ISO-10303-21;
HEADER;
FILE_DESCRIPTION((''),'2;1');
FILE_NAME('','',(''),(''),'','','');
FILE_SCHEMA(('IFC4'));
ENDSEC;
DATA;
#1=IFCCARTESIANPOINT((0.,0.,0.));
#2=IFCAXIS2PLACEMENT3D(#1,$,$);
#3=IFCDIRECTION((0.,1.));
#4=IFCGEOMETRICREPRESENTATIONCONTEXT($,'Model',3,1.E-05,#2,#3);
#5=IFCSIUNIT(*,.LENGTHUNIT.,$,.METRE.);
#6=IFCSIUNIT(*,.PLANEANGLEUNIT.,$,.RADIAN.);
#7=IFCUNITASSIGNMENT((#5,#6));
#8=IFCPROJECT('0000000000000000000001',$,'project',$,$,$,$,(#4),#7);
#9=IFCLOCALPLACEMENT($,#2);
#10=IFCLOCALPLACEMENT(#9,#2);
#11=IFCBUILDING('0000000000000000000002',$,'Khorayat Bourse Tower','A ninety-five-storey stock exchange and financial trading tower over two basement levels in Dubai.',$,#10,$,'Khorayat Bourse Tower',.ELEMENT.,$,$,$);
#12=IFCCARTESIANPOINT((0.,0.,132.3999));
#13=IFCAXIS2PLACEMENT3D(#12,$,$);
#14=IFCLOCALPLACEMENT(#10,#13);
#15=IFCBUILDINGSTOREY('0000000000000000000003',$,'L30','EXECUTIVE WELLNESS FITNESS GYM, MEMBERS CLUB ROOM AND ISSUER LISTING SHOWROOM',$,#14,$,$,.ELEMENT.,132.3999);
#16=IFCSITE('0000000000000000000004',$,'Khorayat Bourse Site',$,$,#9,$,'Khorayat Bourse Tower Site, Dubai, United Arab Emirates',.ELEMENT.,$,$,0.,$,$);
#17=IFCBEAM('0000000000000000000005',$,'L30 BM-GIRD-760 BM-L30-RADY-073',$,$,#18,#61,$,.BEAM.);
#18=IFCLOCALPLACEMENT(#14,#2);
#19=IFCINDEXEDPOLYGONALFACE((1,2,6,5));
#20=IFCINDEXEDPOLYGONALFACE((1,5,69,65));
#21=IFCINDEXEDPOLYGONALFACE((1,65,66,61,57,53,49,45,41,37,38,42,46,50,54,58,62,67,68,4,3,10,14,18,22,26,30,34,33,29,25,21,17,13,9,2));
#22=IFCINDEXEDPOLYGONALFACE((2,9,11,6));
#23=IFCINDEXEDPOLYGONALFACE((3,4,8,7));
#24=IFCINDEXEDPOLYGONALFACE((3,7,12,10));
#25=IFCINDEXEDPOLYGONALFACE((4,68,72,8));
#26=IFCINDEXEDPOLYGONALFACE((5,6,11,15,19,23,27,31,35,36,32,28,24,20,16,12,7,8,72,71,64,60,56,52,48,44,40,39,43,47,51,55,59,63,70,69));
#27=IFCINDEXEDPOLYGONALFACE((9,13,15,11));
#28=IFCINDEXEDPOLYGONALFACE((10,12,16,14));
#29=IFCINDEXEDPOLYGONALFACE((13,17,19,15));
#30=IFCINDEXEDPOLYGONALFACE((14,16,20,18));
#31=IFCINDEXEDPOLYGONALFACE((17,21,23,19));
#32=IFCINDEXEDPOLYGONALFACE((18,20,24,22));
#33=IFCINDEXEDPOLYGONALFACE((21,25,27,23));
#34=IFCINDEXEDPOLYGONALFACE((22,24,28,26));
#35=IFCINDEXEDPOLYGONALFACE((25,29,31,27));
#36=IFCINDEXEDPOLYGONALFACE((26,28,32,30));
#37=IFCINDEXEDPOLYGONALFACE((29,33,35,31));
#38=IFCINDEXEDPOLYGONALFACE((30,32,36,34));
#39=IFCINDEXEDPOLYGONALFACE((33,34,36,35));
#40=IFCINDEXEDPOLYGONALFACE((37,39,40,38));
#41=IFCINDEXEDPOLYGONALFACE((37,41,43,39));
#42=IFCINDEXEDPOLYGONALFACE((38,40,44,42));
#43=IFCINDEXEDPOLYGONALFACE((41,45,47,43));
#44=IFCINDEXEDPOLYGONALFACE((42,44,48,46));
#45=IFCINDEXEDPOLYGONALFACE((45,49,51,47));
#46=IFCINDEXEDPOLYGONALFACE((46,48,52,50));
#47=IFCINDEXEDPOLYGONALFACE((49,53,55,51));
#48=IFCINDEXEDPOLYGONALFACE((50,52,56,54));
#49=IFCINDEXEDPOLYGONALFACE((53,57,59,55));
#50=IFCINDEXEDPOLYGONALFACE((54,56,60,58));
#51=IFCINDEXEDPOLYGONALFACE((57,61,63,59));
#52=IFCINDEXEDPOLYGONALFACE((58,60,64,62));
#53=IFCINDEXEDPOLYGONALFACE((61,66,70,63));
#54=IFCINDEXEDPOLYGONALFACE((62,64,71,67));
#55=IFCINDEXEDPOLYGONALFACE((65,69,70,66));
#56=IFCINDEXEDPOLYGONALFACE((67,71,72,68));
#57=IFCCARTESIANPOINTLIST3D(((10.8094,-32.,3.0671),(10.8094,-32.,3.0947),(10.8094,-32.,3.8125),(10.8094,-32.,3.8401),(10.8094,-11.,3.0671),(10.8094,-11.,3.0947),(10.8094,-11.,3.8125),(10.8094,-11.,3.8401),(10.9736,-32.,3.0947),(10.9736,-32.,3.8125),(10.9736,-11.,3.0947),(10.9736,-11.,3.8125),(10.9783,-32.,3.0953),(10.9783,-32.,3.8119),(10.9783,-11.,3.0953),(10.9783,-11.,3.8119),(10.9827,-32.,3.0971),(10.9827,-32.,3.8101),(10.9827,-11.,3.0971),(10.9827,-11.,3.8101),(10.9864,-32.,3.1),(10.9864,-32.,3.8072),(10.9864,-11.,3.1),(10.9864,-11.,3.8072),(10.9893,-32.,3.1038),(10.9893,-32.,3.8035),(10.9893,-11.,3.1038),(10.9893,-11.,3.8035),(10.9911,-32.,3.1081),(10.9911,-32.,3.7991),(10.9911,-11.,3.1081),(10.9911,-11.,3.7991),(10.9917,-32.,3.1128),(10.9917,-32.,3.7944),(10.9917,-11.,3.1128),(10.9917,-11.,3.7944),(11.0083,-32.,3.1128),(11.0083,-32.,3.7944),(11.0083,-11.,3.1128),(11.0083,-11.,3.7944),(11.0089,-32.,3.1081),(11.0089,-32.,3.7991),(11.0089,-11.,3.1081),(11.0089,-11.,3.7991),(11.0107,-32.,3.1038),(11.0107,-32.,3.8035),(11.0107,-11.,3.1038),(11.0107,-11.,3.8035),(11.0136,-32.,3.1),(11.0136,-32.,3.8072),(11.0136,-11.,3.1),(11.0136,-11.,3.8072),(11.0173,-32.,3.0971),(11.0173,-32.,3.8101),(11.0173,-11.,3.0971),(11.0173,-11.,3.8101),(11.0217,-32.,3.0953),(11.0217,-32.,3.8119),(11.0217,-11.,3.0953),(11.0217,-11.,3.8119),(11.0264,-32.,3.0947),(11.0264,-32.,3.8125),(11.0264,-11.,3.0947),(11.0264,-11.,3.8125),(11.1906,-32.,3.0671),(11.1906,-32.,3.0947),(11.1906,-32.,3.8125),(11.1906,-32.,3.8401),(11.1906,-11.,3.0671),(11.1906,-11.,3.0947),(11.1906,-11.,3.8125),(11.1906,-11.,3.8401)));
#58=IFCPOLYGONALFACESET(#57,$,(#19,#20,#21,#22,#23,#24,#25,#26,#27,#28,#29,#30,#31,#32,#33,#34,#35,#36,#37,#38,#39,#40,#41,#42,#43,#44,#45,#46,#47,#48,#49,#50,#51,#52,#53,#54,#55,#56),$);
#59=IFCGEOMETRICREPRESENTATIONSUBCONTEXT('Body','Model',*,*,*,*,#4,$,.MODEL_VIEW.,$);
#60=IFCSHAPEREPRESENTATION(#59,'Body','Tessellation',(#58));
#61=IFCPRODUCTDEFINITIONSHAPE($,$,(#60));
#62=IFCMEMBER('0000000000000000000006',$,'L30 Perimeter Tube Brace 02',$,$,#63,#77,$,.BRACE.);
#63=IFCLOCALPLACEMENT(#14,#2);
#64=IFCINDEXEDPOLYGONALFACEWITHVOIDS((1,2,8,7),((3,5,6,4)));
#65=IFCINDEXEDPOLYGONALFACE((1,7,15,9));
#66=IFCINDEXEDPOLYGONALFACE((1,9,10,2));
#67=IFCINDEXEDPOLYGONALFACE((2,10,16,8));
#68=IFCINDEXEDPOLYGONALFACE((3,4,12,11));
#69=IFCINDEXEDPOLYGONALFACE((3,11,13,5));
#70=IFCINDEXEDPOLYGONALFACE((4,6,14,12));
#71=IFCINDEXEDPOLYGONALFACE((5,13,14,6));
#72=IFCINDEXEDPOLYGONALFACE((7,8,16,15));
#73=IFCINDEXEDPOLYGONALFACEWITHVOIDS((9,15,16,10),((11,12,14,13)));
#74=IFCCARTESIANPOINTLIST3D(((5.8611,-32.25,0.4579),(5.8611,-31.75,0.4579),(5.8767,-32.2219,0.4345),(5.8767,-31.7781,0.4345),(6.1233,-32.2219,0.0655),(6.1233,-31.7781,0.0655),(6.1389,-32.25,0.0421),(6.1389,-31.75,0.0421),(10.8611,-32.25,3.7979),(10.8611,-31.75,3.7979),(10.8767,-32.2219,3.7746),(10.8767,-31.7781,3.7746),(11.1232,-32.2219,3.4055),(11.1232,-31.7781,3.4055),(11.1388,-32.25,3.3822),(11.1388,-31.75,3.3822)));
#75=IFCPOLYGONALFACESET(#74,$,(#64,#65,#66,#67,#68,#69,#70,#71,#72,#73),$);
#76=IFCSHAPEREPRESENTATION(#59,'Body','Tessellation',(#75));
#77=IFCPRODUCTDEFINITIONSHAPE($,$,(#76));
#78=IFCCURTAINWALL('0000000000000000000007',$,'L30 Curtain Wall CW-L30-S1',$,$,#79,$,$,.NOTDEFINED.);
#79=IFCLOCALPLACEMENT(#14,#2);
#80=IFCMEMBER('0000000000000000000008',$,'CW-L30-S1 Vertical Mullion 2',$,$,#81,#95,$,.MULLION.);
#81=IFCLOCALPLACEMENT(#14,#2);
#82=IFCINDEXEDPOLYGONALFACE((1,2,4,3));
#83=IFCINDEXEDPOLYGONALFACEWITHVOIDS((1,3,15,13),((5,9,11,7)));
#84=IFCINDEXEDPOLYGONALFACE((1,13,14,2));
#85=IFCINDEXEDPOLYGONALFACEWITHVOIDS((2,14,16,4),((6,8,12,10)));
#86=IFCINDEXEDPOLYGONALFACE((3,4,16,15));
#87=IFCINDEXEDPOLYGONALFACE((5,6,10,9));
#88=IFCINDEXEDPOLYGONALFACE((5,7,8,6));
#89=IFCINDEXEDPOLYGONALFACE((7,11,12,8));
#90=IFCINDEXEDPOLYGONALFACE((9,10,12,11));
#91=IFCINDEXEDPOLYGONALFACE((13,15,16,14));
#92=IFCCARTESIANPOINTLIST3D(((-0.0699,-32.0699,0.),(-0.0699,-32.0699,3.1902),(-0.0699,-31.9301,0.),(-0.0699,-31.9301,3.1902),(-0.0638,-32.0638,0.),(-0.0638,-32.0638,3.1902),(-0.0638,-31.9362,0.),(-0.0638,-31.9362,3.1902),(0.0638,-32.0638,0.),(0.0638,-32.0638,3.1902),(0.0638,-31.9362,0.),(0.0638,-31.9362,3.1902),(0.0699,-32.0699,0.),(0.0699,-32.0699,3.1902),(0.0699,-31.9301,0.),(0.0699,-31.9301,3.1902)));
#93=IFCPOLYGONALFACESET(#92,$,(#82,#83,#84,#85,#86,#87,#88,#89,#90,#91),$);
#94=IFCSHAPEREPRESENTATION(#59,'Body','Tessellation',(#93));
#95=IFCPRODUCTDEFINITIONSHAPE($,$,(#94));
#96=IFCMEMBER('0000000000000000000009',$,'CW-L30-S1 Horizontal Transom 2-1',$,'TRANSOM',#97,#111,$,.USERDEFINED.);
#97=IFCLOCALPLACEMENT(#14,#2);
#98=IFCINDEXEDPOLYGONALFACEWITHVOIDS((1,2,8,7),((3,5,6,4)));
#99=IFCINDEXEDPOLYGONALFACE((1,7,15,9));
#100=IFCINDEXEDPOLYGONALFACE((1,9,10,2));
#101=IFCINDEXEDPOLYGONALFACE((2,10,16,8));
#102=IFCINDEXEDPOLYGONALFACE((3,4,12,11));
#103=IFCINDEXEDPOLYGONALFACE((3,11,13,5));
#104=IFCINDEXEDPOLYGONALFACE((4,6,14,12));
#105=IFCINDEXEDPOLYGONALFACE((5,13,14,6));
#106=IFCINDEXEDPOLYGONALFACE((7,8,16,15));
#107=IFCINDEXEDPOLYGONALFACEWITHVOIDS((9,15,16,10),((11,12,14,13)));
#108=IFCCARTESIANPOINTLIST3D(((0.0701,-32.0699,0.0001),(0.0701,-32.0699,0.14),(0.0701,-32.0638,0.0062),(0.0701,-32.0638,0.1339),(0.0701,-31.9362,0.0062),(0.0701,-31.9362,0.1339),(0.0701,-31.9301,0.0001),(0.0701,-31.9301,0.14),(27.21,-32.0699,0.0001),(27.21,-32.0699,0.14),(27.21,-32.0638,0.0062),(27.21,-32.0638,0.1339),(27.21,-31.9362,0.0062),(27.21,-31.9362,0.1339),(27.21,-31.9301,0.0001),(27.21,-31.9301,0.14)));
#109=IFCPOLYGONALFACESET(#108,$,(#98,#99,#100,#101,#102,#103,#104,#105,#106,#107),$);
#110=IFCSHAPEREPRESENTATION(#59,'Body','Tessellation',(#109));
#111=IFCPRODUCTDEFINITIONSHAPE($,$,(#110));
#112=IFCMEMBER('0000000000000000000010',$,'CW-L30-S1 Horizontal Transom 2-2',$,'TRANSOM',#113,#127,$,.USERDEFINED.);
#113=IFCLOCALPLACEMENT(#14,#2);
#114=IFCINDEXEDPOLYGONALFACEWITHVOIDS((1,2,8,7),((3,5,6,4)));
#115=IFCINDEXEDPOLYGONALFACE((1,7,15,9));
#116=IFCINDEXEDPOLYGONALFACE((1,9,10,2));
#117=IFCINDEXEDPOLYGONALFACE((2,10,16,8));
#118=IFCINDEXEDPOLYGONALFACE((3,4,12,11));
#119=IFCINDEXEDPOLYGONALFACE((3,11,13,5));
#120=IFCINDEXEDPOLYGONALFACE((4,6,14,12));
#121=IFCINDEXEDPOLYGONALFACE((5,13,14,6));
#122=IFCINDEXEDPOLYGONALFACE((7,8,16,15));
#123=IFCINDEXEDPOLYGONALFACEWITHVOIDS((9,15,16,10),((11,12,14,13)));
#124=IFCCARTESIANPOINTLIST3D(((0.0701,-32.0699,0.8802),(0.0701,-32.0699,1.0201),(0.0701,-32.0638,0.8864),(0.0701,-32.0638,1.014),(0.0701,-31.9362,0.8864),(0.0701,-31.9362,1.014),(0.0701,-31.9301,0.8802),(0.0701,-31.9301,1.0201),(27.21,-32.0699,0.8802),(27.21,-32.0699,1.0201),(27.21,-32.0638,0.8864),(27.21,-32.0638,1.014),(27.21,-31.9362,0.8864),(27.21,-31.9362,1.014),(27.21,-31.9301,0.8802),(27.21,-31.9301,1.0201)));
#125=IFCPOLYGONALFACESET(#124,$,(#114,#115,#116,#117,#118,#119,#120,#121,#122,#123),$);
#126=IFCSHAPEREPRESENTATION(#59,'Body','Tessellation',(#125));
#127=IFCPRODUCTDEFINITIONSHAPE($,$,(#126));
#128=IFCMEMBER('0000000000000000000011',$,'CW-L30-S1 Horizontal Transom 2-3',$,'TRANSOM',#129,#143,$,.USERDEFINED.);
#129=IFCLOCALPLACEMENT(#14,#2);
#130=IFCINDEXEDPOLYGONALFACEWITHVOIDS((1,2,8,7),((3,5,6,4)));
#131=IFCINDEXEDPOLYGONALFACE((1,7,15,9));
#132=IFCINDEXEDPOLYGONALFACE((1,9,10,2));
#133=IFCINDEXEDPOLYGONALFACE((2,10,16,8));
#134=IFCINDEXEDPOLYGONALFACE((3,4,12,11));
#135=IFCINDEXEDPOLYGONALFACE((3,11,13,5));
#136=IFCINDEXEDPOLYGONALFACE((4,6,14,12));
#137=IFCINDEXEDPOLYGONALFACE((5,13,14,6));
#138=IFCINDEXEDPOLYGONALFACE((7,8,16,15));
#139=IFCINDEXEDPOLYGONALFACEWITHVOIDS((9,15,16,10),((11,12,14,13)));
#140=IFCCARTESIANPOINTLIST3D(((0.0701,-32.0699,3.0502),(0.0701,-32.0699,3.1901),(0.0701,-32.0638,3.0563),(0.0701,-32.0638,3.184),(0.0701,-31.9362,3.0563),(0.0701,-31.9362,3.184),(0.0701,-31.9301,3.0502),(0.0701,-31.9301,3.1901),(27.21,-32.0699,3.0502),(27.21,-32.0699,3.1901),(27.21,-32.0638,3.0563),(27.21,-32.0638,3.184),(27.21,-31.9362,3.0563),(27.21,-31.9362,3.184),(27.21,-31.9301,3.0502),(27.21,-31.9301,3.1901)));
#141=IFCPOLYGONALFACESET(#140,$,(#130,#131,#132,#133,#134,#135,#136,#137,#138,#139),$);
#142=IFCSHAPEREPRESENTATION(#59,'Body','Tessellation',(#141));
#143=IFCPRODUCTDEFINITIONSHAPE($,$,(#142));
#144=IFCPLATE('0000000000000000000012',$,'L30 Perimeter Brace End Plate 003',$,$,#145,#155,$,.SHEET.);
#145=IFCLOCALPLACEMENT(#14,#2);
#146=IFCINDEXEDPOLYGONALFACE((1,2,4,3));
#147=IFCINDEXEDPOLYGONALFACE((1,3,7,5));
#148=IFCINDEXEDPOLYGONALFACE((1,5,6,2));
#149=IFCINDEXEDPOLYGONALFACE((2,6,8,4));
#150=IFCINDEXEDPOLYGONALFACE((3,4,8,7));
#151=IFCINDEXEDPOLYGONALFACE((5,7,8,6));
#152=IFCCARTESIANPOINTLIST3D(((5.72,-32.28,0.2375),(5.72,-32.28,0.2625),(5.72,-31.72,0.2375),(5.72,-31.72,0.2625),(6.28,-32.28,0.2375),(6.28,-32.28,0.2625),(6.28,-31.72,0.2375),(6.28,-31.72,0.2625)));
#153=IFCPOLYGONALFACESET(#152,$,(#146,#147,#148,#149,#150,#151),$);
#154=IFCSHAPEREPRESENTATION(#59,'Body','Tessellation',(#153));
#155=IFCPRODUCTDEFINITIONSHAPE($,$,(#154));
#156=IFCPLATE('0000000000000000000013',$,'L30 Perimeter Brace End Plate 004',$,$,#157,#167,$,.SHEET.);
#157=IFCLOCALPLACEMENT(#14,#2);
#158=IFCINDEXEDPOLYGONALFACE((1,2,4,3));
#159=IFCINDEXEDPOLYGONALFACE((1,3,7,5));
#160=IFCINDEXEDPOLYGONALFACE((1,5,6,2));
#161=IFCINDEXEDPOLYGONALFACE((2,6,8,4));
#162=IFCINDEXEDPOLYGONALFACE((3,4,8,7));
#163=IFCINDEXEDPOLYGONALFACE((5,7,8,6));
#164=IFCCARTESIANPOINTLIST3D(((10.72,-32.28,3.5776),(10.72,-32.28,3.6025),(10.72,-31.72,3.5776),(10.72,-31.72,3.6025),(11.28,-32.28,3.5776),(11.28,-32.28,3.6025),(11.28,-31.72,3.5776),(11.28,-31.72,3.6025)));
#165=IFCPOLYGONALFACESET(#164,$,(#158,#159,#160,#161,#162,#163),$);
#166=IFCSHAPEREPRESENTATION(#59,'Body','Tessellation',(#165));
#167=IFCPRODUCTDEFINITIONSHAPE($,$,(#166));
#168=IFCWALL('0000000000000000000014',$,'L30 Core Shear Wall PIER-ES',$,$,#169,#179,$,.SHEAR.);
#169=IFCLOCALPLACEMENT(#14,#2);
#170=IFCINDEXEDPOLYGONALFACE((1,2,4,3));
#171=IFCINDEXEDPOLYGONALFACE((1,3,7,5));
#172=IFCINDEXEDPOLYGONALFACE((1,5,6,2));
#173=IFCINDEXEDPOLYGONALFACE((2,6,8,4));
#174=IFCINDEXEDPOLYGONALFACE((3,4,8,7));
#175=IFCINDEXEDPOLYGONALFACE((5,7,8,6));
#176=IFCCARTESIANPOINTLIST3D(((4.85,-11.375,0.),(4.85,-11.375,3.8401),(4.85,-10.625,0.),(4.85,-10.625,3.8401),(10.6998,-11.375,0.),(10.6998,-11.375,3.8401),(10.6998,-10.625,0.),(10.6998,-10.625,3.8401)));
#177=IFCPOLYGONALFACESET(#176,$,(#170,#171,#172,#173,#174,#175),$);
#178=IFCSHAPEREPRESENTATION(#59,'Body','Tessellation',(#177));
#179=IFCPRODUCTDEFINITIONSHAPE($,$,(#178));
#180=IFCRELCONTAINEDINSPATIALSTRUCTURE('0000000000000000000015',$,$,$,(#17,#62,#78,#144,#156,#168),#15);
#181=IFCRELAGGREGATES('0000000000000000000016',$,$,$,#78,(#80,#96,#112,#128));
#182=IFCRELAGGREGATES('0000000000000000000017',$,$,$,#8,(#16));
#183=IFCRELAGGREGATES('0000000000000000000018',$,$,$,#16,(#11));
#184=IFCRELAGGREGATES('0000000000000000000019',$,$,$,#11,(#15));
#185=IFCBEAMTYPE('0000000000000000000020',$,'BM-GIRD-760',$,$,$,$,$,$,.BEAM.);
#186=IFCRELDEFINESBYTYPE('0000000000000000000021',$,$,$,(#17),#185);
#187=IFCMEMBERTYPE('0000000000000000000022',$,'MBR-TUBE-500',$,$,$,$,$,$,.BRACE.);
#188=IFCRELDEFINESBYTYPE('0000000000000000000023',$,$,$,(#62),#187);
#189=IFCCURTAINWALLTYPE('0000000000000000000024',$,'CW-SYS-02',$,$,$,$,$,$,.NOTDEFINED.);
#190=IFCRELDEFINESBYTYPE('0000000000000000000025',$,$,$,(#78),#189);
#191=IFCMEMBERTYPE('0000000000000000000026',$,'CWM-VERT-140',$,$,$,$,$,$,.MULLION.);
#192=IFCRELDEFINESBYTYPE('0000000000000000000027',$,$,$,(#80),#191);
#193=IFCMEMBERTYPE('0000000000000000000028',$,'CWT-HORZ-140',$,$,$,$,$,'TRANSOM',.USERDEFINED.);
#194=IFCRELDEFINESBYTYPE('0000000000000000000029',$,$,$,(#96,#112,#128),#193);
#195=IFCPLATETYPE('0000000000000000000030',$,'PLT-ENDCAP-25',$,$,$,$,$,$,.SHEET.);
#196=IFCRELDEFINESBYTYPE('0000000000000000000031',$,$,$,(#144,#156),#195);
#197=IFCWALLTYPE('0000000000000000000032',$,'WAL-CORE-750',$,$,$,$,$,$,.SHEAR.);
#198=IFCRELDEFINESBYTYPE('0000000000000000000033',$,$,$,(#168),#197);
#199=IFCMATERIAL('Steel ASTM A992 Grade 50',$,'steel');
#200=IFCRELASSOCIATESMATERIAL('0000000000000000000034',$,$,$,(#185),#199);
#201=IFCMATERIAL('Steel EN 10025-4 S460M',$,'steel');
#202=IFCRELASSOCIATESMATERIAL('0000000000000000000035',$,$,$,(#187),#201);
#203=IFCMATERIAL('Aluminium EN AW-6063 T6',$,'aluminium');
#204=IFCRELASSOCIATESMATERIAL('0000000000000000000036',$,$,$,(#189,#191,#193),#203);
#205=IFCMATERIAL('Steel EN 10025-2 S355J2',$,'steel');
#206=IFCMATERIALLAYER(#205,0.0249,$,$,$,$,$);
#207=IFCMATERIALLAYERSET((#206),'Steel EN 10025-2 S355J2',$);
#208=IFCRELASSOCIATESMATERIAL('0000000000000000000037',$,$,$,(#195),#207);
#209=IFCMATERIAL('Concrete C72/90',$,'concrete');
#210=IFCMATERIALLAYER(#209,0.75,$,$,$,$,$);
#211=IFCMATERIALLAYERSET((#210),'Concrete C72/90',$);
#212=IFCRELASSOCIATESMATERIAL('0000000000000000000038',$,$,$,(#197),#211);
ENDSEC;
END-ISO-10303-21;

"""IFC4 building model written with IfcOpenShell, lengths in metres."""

from ifc_helpers import new_model, si_unit, direction, frame, frame_2d, origin, origin_2d, place, context, subcontext, project, spatial, rectangle, hollow_rectangle, i_section, extrude, source, transform, mapped, material, layer, layer_set, material_profile, profile_set, type_object, element, aggregate, save


model = new_model("IFC4")

# Units and contexts
model_context = context("Model", 3, precision=1e-05, world=origin(), true_north=direction((0.0, 1.0)))
body_context = subcontext(model_context, "Body", "Model", "MODEL_VIEW")
ifc_project = project(units=[si_unit("LENGTHUNIT", "METRE"), si_unit("PLANEANGLEUNIT", "RADIAN")], contexts=[model_context])

# Site, building, storey
site_placement = place(None, origin())
site = spatial("IfcSite", under=ifc_project, at=site_placement, Name="Khorayat Bourse Site", LongName="Khorayat Bourse Tower Site, Dubai, United Arab Emirates", CompositionType="ELEMENT", RefElevation=0.0)
building_placement = place(site_placement, origin())
building = spatial("IfcBuilding", under=site, at=building_placement, Name="Khorayat Bourse Tower", Description="A ninety-five-storey stock exchange and financial trading tower over two basement levels in Dubai.", LongName="Khorayat Bourse Tower", CompositionType="ELEMENT")
storey_placement = place(building_placement, frame((0.0, 0.0, 132.3999)))
storey = spatial("IfcBuildingStorey", under=building, at=storey_placement, Name="L30", Description="EXECUTIVE WELLNESS FITNESS GYM, MEMBERS CLUB ROOM AND ISSUER LISTING SHOWROOM", CompositionType="ELEMENT", Elevation=132.3999)

# Shared definitions
ifc_material_1 = material(Name="Steel EN 10025-4 S460M", Category="steel")
ifc_material_2 = material(Name="Concrete C72/90", Category="concrete")

# Beam
ifc_material_3 = material(Name="Steel ASTM A992 Grade 50", Category="steel")
ifc_material_profile_1 = material_profile(ifc_material_3, i_section(OverallWidth=0.3811, OverallDepth=0.7729, WebThickness=0.0166, FlangeThickness=0.0276, FilletRadius=0.0181, at=origin_2d()), Name="W760X257")
ifc_profile_set_1 = profile_set([ifc_material_profile_1], Name="Steel ASTM A992 Grade 50")
beam_type_1 = type_object("IfcBeamType", Name="BM-GIRD-760", PredefinedType="BEAM", material=ifc_profile_set_1)
shared_shape_1 = source(origin(), body_context, "Body", "SweptSolid", [
    extrude(i_section(OverallWidth=0.3811, OverallDepth=0.7729, WebThickness=0.0166, FlangeThickness=0.0276, FilletRadius=0.0181, at=origin_2d()), origin(), (0.0, 0.0, 1.0), 21.0),
])
for number, where, z_axis, x_axis, name in (
    (1, (11.0, -32.0, 3.4536), (0.0, 1.0, 0.0), (-1.0, 0.0, 0.0), "L30 BM-GIRD-760 BM-L30-RADY-073"),
):
    element("IfcBeam", number, at=place(storey_placement, frame(where, z_axis=z_axis, x_axis=x_axis)), inside=storey, type_object=beam_type_1, Name=name, PredefinedType="BEAM", context=body_context, shape_type="MappedRepresentation", body=[
        mapped(shared_shape_1, transform((0.0, 0.0, 0.0), scale=1.0)),
    ])

# Member
ifc_material_profile_2 = material_profile(ifc_material_1, hollow_rectangle(XDim=0.5, YDim=0.5, WallThickness=0.0281, at=origin_2d()), Name="HSS 500x500x28")
ifc_profile_set_2 = profile_set([ifc_material_profile_2], Name="Steel EN 10025-4 S460M")
member_type_1 = type_object("IfcMemberType", Name="MBR-TUBE-500", PredefinedType="BRACE", material=ifc_profile_set_2)
shared_shape_2 = source(origin(), body_context, "Body", "SweptSolid", [
    extrude(hollow_rectangle(XDim=0.5, YDim=0.5, WallThickness=0.0281, at=origin_2d()), origin(), (0.0, 0.0, 1.0), 6.0129),
])
member_1_placement = place(storey_placement, frame((6.0, -32.0, 0.25), z_axis=(0.831531, 0.0, 0.555478), x_axis=(0.0, 1.0, 0.0)))
element("IfcMember", 2, at=member_1_placement, inside=storey, type_object=member_type_1, Name="L30 Perimeter Tube Brace 02", PredefinedType="BRACE", context=body_context, shape_type="MappedRepresentation", body=[
    mapped(shared_shape_2, transform((0.0, 0.0, 0.0), scale=1.0)),
])

# Curtain wall, members
ifc_material_4 = material(Name="Aluminium EN AW-6063 T6", Category="aluminium")
curtain_wall_type = type_object("IfcCurtainWallType", Name="CW-SYS-02", PredefinedType="NOTDEFINED", material=ifc_material_4)
curtain_wall_placement = place(storey_placement, origin())
curtain_wall = element("IfcCurtainWall", 3, at=curtain_wall_placement, inside=storey, type_object=curtain_wall_type, Name="L30 Curtain Wall CW-L30-S1", PredefinedType="NOTDEFINED")
ifc_material_profile_3 = material_profile(ifc_material_4, hollow_rectangle(XDim=0.1399, YDim=0.1399, WallThickness=0.0061, at=origin_2d()), Name="ALU 140x140x6")
ifc_profile_set_3 = profile_set([ifc_material_profile_3], Name="Aluminium EN AW-6063 T6")
member_type_2 = type_object("IfcMemberType", Name="CWM-VERT-140", PredefinedType="MULLION", material=ifc_profile_set_3)
shared_shape_3 = source(origin(), body_context, "Body", "SweptSolid", [
    extrude(hollow_rectangle(XDim=0.1399, YDim=0.1399, WallThickness=0.0061, at=origin_2d()), origin(), (0.0, 0.0, 1.0), 3.1902),
])
member_2_placement = place(storey_placement, frame((0.0, -32.0, 0.0), z_axis=(0.0, 0.0, 1.0), x_axis=(0.0, 1.0, 0.0)))
member_2 = element("IfcMember", 4, at=member_2_placement, type_object=member_type_2, Name="CW-L30-S1 Vertical Mullion 2", PredefinedType="MULLION", context=body_context, shape_type="MappedRepresentation", body=[
    mapped(shared_shape_3, transform((0.0, 0.0, 0.0), scale=1.0)),
])
ifc_material_profile_4 = material_profile(ifc_material_4, hollow_rectangle(XDim=0.1399, YDim=0.1399, WallThickness=0.0061, at=origin_2d()), Name="ALU 140x140x6")
ifc_profile_set_4 = profile_set([ifc_material_profile_4], Name="Aluminium EN AW-6063 T6")
member_type_3 = type_object("IfcMemberType", Name="CWT-HORZ-140", ElementType="TRANSOM", PredefinedType="USERDEFINED", material=ifc_profile_set_4)
shared_shape_4 = source(origin(), body_context, "Body", "SweptSolid", [
    extrude(hollow_rectangle(XDim=0.1399, YDim=0.1399, WallThickness=0.0061, at=origin_2d()), origin(), (0.0, 0.0, 1.0), 27.1399),
])
member_3_placement = place(storey_placement, frame((0.0701, -32.0, 0.0701), z_axis=(1.0, 0.0, 0.0), x_axis=(0.0, 1.0, 0.0)))
member_3 = element("IfcMember", 5, at=member_3_placement, type_object=member_type_3, Name="CW-L30-S1 Horizontal Transom 2-1", ObjectType="TRANSOM", PredefinedType="USERDEFINED", context=body_context, shape_type="MappedRepresentation", body=[
    mapped(shared_shape_4, transform((0.0, 0.0, 0.0), scale=1.0)),
])
member_4_placement = place(storey_placement, frame((0.0701, -32.0, 0.9502), z_axis=(1.0, 0.0, 0.0), x_axis=(0.0, 1.0, 0.0)))
member_4 = element("IfcMember", 6, at=member_4_placement, type_object=member_type_3, Name="CW-L30-S1 Horizontal Transom 2-2", ObjectType="TRANSOM", PredefinedType="USERDEFINED", context=body_context, shape_type="MappedRepresentation", body=[
    mapped(shared_shape_4, transform((0.0, 0.0, 0.0), scale=1.0)),
])
member_5_placement = place(storey_placement, frame((0.0701, -32.0, 3.1201), z_axis=(1.0, 0.0, 0.0), x_axis=(0.0, 1.0, 0.0)))
member_5 = element("IfcMember", 7, at=member_5_placement, type_object=member_type_3, Name="CW-L30-S1 Horizontal Transom 2-3", ObjectType="TRANSOM", PredefinedType="USERDEFINED", context=body_context, shape_type="MappedRepresentation", body=[
    mapped(shared_shape_4, transform((0.0, 0.0, 0.0), scale=1.0)),
])
aggregate(curtain_wall, [member_2, member_3, member_4, member_5])

# Plates
ifc_material_5 = material(Name="Steel EN 10025-2 S355J2", Category="steel")
ifc_layer_1 = layer(ifc_material_5, 0.0249)
ifc_layer_set_1 = layer_set([ifc_layer_1], Name="Steel EN 10025-2 S355J2")
plate_type = type_object("IfcPlateType", Name="PLT-ENDCAP-25", PredefinedType="SHEET", material=ifc_layer_set_1)
shared_shape_5 = source(origin(), body_context, "Body", "SweptSolid", [
    extrude(rectangle(XDim=0.5601, YDim=0.5601, at=origin_2d()), origin(), (0.0, 0.0, 1.0), 0.0249),
])
for number, where, z_axis, x_axis, name in (
    (8, (6.0, -32.0, 0.2375), (0.0, 0.0, 1.0), (1.0, 0.0, 0.0), "L30 Perimeter Brace End Plate 003"),
    (9, (11.0, -32.0, 3.5776), (0.0, 0.0, 1.0), (1.0, 0.0, 0.0), "L30 Perimeter Brace End Plate 004"),
):
    element("IfcPlate", number, at=place(storey_placement, frame(where, z_axis=z_axis, x_axis=x_axis)), inside=storey, type_object=plate_type, Name=name, PredefinedType="SHEET", context=body_context, shape_type="MappedRepresentation", body=[
        mapped(shared_shape_5, transform((0.0, 0.0, 0.0), scale=1.0)),
    ])

# Wall
ifc_layer_2 = layer(ifc_material_2, 0.75)
ifc_layer_set_2 = layer_set([ifc_layer_2], Name="Concrete C72/90")
wall_type_1 = type_object("IfcWallType", Name="WAL-CORE-750", PredefinedType="SHEAR", material=ifc_layer_set_2)
shared_shape_6 = source(origin(), body_context, "Body", "SweptSolid", [
    extrude(rectangle(XDim=5.8499, YDim=0.75, at=frame_2d((2.9248, 0.0))), origin(), (0.0, 0.0, 1.0), 3.8401),
])
wall_placement = place(storey_placement, frame((4.8501, -11.0, 0.0), z_axis=(0.0, 0.0, 1.0), x_axis=(1.0, 0.0, 0.0)))
element("IfcWall", 10, at=wall_placement, inside=storey, type_object=wall_type_1, Name="L30 Core Shear Wall PIER-ES", PredefinedType="SHEAR", context=body_context, shape_type="MappedRepresentation", body=[
    mapped(shared_shape_6, transform((0.0, 0.0, 0.0), scale=1.0)),
])

save(model, "model.ifc")
